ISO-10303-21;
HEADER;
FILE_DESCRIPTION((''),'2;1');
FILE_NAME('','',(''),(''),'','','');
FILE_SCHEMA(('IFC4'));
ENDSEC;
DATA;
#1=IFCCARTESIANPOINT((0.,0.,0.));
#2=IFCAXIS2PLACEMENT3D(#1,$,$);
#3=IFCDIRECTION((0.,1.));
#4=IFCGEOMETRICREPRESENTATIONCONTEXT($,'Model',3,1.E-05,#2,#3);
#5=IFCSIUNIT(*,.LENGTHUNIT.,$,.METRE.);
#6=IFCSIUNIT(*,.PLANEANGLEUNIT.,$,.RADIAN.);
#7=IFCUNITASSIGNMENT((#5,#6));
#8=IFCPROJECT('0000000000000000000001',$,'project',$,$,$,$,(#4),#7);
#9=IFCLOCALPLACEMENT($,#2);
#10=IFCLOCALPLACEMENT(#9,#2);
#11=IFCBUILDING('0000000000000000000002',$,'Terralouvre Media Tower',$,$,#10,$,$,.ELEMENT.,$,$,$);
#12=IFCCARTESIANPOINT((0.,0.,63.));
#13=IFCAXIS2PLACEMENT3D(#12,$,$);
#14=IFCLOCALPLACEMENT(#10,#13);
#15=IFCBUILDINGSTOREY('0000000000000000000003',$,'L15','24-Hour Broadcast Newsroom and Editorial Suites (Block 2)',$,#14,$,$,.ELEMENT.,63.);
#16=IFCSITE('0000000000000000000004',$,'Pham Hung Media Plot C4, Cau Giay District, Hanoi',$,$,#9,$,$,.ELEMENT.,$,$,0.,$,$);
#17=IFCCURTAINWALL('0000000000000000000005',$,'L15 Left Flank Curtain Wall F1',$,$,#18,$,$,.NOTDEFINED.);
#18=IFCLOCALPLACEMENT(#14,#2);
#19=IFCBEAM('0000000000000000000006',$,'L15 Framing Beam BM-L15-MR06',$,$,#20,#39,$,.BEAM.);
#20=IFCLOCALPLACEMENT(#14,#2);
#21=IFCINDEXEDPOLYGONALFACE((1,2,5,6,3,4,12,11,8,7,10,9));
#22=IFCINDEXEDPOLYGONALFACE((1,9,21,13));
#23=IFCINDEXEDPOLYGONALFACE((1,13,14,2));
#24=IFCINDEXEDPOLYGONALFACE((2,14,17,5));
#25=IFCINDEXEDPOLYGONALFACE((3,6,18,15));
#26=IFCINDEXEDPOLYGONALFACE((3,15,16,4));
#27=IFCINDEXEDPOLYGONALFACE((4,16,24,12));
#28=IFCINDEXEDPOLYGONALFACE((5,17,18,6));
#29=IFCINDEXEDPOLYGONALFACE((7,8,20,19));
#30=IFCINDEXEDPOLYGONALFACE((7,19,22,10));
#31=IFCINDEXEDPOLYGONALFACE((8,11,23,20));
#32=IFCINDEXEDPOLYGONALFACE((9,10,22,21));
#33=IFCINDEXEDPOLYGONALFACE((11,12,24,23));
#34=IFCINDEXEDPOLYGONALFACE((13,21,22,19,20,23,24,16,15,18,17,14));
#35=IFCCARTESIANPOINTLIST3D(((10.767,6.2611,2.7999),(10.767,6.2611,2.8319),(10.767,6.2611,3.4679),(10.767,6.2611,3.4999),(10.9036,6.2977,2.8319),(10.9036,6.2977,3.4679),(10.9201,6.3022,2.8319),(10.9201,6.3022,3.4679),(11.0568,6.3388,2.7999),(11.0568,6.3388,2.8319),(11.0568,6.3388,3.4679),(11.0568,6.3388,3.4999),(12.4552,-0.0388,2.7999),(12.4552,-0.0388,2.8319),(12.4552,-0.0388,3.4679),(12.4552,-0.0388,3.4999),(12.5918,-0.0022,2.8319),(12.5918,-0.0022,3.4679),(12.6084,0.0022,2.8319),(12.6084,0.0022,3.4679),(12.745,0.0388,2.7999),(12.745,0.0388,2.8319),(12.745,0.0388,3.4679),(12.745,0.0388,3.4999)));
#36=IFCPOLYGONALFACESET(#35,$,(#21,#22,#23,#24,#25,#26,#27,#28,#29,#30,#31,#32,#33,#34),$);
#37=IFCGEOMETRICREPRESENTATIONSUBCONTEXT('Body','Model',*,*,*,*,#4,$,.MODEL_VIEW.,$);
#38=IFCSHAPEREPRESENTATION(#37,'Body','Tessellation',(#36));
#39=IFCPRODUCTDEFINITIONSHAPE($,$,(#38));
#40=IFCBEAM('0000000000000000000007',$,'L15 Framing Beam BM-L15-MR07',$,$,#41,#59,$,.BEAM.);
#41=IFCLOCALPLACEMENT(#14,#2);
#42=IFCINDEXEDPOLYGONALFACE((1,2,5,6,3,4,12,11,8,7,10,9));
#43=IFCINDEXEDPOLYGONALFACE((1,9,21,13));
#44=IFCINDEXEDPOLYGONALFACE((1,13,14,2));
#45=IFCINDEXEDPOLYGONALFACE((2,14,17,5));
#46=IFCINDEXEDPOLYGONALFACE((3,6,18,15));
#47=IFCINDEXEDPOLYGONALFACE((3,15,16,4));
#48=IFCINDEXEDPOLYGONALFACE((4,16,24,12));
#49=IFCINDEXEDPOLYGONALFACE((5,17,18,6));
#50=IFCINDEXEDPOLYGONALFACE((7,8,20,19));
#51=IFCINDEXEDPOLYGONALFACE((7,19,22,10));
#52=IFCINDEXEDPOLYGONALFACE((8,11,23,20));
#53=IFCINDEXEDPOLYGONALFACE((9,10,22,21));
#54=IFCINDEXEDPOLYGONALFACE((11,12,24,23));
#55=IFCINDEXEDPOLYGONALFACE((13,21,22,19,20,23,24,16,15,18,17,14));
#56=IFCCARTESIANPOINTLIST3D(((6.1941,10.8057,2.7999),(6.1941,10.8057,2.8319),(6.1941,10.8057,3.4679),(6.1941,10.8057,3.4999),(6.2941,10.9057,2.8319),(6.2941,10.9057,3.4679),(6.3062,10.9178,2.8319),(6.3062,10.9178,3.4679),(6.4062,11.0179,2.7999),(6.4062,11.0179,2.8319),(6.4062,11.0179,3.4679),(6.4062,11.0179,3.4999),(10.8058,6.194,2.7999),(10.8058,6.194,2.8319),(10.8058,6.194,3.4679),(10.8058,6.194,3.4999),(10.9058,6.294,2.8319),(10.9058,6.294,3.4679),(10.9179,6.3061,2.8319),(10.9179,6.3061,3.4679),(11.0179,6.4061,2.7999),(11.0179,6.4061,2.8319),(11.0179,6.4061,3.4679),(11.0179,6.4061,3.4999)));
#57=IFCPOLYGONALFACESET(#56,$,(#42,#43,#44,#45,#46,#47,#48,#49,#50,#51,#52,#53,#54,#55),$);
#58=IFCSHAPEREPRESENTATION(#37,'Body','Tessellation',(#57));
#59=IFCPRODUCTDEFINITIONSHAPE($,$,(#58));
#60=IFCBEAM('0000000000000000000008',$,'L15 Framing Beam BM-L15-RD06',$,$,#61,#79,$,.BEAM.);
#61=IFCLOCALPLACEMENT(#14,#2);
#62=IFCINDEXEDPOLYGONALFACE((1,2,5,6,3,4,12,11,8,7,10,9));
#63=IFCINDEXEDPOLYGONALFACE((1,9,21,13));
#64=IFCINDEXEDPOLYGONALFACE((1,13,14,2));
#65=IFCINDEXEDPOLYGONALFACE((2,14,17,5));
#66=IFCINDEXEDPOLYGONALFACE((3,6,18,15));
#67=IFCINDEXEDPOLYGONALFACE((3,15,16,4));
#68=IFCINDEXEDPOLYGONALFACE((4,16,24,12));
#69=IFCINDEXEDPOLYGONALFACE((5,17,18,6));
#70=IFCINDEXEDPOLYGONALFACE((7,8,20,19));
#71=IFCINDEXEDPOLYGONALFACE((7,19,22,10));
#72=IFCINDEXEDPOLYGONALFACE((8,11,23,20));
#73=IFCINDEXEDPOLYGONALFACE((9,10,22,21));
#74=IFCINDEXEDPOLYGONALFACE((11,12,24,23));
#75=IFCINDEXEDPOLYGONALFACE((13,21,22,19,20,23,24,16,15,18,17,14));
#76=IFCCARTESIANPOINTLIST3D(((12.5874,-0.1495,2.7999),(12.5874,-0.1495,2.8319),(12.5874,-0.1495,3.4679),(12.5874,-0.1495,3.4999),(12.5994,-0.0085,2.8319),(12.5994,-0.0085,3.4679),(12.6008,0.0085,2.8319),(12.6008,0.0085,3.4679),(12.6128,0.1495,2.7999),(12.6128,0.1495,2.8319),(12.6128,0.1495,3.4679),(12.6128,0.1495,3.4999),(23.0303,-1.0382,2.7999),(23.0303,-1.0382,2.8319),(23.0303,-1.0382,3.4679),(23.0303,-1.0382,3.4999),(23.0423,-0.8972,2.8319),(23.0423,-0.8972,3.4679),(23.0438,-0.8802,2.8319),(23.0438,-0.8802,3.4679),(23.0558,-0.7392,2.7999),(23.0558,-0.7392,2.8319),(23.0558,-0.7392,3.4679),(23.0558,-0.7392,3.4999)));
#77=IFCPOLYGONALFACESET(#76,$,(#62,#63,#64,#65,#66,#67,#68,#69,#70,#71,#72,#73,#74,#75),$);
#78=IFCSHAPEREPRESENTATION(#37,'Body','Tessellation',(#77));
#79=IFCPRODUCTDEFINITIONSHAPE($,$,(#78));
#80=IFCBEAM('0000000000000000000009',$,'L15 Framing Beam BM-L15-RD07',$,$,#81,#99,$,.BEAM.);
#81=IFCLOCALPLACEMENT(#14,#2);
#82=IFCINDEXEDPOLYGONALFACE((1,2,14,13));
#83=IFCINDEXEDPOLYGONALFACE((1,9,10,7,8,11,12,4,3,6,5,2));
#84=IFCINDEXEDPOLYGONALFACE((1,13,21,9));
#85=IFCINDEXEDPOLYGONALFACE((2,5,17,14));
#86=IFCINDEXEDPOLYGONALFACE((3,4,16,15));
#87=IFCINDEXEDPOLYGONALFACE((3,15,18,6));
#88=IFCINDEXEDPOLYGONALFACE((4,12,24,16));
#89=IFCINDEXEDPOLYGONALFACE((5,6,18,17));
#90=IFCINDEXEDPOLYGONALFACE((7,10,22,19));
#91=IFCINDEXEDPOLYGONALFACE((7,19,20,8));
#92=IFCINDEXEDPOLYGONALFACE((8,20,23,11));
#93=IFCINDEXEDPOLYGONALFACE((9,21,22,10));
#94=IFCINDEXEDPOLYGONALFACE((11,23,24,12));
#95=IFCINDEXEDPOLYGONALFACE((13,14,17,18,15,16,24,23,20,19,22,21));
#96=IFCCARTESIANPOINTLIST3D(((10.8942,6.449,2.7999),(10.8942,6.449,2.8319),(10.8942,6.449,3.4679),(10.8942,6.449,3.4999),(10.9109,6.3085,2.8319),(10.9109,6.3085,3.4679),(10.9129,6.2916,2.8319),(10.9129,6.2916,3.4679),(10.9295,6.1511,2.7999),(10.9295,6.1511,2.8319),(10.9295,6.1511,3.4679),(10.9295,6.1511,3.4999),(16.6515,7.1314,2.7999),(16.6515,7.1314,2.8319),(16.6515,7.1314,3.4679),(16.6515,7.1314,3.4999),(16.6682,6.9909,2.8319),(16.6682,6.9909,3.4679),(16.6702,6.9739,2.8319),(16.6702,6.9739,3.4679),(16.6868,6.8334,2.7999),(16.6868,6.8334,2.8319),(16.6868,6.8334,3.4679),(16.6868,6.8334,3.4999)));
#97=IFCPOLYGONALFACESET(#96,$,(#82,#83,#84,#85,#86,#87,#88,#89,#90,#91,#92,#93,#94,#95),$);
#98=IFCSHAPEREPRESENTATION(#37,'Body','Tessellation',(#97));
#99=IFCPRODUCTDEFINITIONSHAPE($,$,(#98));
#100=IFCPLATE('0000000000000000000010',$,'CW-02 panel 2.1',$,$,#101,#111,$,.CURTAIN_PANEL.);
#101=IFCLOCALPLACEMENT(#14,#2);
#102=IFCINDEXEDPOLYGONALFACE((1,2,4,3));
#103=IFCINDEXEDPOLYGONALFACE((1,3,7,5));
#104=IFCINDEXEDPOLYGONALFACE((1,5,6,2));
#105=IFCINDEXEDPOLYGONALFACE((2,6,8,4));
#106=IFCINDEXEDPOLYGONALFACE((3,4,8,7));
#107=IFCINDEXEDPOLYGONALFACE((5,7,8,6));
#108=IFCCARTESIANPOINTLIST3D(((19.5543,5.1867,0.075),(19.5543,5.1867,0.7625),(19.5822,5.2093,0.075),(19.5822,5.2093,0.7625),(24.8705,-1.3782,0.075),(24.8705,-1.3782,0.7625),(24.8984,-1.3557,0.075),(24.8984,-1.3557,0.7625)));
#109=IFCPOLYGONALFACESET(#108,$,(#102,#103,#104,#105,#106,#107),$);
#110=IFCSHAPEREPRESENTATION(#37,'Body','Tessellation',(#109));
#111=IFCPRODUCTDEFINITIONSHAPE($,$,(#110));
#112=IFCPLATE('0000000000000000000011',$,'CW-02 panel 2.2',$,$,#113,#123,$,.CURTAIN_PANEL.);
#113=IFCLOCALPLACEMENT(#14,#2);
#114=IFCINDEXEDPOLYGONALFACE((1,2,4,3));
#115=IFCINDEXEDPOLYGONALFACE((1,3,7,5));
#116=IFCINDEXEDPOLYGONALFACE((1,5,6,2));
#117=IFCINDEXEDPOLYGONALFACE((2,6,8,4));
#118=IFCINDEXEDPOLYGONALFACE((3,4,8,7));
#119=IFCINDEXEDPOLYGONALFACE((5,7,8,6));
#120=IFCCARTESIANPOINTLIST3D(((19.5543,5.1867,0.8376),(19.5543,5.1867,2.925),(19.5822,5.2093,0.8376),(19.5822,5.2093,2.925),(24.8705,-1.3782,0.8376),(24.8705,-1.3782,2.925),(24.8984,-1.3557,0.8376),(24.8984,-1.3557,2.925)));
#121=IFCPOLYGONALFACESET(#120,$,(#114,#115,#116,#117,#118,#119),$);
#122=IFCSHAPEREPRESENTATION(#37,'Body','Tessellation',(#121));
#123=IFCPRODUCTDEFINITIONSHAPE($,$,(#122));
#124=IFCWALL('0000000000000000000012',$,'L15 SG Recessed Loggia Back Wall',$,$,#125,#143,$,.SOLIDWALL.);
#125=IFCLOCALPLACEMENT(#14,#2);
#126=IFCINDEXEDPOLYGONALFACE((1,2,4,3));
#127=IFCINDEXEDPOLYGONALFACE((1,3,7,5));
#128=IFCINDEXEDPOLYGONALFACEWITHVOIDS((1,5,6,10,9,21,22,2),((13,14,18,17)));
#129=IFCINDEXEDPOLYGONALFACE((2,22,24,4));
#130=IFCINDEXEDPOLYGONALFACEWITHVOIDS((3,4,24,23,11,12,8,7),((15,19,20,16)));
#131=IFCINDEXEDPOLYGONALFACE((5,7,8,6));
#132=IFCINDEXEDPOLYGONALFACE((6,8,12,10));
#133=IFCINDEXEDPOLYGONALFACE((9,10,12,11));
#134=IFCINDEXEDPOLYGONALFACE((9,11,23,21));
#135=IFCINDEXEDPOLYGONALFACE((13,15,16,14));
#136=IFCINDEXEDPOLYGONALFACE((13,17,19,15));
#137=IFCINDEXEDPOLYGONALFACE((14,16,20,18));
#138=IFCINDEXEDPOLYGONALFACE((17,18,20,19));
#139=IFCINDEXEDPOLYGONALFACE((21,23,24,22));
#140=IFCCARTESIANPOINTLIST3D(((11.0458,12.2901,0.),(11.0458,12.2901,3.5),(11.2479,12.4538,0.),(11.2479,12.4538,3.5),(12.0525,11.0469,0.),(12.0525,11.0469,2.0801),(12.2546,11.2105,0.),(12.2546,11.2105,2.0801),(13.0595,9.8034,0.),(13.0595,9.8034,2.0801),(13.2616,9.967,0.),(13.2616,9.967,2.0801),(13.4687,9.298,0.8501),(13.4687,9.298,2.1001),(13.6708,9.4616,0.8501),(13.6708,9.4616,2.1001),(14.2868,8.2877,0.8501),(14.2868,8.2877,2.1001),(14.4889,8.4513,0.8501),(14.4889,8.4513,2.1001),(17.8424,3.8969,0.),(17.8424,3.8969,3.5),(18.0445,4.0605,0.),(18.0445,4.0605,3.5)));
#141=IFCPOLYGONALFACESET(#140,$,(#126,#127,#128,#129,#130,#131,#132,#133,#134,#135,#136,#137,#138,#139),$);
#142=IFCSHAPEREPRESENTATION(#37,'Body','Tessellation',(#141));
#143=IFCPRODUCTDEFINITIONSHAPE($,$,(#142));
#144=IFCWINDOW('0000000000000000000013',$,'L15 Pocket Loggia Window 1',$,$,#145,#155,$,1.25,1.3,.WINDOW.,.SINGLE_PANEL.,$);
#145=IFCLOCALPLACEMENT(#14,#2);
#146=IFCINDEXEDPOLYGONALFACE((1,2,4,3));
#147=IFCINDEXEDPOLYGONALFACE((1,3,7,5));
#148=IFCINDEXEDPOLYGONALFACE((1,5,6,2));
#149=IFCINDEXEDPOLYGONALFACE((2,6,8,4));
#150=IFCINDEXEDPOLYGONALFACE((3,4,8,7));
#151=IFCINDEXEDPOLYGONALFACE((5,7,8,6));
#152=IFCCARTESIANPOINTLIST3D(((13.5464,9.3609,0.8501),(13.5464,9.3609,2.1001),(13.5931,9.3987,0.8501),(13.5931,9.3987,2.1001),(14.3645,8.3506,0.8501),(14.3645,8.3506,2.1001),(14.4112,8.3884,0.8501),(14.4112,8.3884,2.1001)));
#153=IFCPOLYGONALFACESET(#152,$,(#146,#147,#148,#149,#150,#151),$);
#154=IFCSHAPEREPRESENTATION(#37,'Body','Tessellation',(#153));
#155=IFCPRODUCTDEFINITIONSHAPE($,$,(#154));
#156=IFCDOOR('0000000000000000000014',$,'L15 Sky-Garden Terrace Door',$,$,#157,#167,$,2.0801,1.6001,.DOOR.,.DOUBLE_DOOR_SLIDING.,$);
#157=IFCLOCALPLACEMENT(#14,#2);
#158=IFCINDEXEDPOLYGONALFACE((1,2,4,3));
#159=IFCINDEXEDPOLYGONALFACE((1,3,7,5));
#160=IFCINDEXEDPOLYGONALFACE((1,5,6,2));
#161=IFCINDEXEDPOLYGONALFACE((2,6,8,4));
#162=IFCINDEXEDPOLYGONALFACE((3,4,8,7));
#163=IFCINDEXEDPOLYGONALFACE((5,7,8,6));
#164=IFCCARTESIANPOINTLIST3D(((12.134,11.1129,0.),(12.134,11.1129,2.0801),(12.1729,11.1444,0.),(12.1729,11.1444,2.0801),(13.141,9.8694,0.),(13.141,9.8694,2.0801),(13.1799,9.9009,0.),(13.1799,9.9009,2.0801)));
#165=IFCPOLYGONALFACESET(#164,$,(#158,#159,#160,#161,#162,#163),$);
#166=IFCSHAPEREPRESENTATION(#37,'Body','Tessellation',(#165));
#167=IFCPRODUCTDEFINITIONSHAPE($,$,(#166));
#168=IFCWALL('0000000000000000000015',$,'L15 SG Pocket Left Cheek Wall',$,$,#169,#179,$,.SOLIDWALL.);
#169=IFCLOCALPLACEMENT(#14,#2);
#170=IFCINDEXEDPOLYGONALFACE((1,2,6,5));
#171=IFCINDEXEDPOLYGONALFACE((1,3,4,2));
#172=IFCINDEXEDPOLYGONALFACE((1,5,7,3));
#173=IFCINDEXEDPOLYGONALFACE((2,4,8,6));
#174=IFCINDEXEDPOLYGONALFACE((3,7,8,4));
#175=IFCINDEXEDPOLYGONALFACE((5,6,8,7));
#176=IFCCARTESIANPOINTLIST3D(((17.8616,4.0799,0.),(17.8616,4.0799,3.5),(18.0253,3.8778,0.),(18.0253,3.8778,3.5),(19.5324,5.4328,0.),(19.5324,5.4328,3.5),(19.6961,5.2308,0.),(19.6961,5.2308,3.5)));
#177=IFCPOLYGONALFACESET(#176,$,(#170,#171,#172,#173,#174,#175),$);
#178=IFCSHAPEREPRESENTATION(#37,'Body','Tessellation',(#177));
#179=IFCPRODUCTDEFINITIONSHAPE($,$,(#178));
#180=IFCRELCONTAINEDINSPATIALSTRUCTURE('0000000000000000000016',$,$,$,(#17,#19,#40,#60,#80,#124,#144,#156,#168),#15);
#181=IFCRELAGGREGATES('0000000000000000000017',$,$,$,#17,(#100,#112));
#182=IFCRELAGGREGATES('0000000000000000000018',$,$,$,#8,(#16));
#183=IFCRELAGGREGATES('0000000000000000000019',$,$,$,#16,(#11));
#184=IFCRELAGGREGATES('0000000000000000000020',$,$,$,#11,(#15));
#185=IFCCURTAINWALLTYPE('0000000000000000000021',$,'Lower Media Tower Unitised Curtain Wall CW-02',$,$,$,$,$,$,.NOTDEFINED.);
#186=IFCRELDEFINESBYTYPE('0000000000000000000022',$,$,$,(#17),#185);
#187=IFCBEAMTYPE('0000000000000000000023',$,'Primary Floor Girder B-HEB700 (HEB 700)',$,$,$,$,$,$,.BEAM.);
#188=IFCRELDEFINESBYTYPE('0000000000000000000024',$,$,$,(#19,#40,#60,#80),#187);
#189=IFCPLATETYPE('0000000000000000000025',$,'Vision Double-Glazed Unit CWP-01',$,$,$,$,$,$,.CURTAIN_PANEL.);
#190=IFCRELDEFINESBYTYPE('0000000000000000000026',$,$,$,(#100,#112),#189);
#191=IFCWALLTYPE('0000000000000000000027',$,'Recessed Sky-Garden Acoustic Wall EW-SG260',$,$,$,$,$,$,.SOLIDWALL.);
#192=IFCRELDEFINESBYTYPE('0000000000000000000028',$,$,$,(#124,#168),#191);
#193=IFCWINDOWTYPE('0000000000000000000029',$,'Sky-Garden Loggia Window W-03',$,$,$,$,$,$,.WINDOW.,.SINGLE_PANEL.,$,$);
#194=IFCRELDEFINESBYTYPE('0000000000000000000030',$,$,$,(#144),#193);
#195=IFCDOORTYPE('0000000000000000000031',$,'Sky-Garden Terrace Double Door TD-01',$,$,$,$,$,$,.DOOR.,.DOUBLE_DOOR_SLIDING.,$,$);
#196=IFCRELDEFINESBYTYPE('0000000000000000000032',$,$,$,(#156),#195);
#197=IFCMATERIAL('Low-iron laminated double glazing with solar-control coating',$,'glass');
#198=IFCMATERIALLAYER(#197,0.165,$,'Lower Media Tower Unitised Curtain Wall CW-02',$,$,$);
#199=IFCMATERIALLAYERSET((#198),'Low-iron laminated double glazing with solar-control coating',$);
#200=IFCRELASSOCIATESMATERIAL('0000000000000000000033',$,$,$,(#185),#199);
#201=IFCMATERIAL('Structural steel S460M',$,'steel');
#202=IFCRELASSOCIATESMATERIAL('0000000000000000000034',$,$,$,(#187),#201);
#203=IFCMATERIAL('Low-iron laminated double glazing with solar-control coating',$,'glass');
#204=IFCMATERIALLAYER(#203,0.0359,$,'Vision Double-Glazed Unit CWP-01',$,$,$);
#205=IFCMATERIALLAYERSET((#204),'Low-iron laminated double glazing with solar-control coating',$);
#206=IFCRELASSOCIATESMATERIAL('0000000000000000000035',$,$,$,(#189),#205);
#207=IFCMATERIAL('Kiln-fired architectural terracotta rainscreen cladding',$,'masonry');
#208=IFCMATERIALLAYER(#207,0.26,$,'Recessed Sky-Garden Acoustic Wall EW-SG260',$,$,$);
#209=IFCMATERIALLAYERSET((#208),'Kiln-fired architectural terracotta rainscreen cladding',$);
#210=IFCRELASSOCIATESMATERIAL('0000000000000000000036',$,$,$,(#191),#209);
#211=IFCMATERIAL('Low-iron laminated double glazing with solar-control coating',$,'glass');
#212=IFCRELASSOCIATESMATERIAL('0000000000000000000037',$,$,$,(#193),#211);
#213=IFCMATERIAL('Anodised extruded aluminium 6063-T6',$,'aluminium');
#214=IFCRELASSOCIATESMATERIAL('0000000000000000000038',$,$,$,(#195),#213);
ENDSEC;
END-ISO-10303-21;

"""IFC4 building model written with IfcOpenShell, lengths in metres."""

from ifc_helpers import new_model, si_unit, direction, frame, frame_2d, origin, origin_2d, place, context, subcontext, project, spatial, rectangle, i_section, extrude, material, layer, layer_set, material_profile, profile_set, type_object, element, fill, aggregate, save


model = new_model("IFC4")

# Units and contexts
model_context = context("Model", 3, precision=1e-05, world=origin(), true_north=direction((0.0, 1.0)))
body_context = subcontext(model_context, "Body", "Model", "MODEL_VIEW")
ifc_project = project(units=[si_unit("LENGTHUNIT", "METRE"), si_unit("PLANEANGLEUNIT", "RADIAN")], contexts=[model_context])

# Site, building, storey
site_placement = place(None, origin())
site = spatial("IfcSite", under=ifc_project, at=site_placement, Name="Pham Hung Media Plot C4, Cau Giay District, Hanoi", CompositionType="ELEMENT", RefElevation=0.0)
building_placement = place(site_placement, origin())
building = spatial("IfcBuilding", under=site, at=building_placement, Name="Terralouvre Media Tower", CompositionType="ELEMENT")
storey_placement = place(building_placement, frame((0.0, 0.0, 63.0)))
storey = spatial("IfcBuildingStorey", under=building, at=storey_placement, Name="L15", Description="24-Hour Broadcast Newsroom and Editorial Suites (Block 2)", CompositionType="ELEMENT", Elevation=63.0)

# Curtain wall
ifc_material_1 = material(Name="Low-iron laminated double glazing with solar-control coating", Category="glass")
ifc_layer_1 = layer(ifc_material_1, 0.165, Name="Lower Media Tower Unitised Curtain Wall CW-02")
ifc_layer_set_1 = layer_set([ifc_layer_1], Name="Low-iron laminated double glazing with solar-control coating")
curtain_wall_type = type_object("IfcCurtainWallType", Name="Lower Media Tower Unitised Curtain Wall CW-02", PredefinedType="NOTDEFINED", material=ifc_layer_set_1)
curtain_wall_placement = place(storey_placement, origin())
curtain_wall = element("IfcCurtainWall", 1, at=curtain_wall_placement, inside=storey, type_object=curtain_wall_type, Name="L15 Left Flank Curtain Wall F1", PredefinedType="NOTDEFINED")

# Beams
ifc_material_2 = material(Name="Structural steel S460M", Category="steel")
ifc_material_profile_1 = material_profile(ifc_material_2, i_section(OverallWidth=0.3, OverallDepth=0.7, WebThickness=0.0171, FlangeThickness=0.032, at=origin_2d()), Name="HEB 700")
ifc_profile_set_1 = profile_set([ifc_material_profile_1], Name="Structural steel S460M")
beam_type_1 = type_object("IfcBeamType", Name="Primary Floor Girder B-HEB700 (HEB 700)", PredefinedType="BEAM", material=ifc_profile_set_1)
beam_1_placement = place(storey_placement, frame((12.6001, 0.0, 3.1499), z_axis=(-0.258839, 0.96592, 0.0), x_axis=(-0.96592, -0.258839, 0.0)))
element("IfcBeam", 2, at=beam_1_placement, inside=storey, type_object=beam_type_1, Name="L15 Framing Beam BM-L15-MR06", PredefinedType="BEAM", context=body_context, shape_type="SweptSolid", body=[
    extrude(i_section(OverallWidth=0.3, OverallDepth=0.7, WebThickness=0.0171, FlangeThickness=0.032, at=origin_2d()), origin(), (0.0, 0.0, 1.0), 6.5222),
])
beam_2_placement = place(storey_placement, frame((10.9119, 6.3, 3.1499), z_axis=(-0.707107, 0.707107, 0.0), x_axis=(-0.707107, -0.707107, 0.0)))
element("IfcBeam", 3, at=beam_2_placement, inside=storey, type_object=beam_type_1, Name="L15 Framing Beam BM-L15-MR07", PredefinedType="BEAM", context=body_context, shape_type="SweptSolid", body=[
    extrude(i_section(OverallWidth=0.3, OverallDepth=0.7, WebThickness=0.0171, FlangeThickness=0.032, at=origin_2d()), origin(), (0.0, 0.0, 1.0), 6.522),
])
beam_3_placement = place(storey_placement, frame((12.6001, 0.0, 3.1499), z_axis=(0.996399, -0.084792, 0.0), x_axis=(0.084792, 0.996399, 0.0)))
element("IfcBeam", 4, at=beam_3_placement, inside=storey, type_object=beam_type_1, Name="L15 Framing Beam BM-L15-RD06", PredefinedType="BEAM", context=body_context, shape_type="SweptSolid", body=[
    extrude(i_section(OverallWidth=0.3, OverallDepth=0.7, WebThickness=0.0171, FlangeThickness=0.032, at=origin_2d()), origin(), (0.0, 0.0, 1.0), 10.4807),
])
beam_4_placement = place(storey_placement, frame((10.9119, 6.3, 3.1499), z_axis=(0.993049, 0.117699, 0.0), x_axis=(-0.117699, 0.993049, 0.0)))
element("IfcBeam", 5, at=beam_4_placement, inside=storey, type_object=beam_type_1, Name="L15 Framing Beam BM-L15-RD07", PredefinedType="BEAM", context=body_context, shape_type="SweptSolid", body=[
    extrude(i_section(OverallWidth=0.3, OverallDepth=0.7, WebThickness=0.0171, FlangeThickness=0.032, at=origin_2d()), origin(), (0.0, 0.0, 1.0), 5.7976),
])

# Plates
ifc_material_3 = material(Name="Low-iron laminated double glazing with solar-control coating", Category="glass")
ifc_layer_2 = layer(ifc_material_3, 0.0359, Name="Vision Double-Glazed Unit CWP-01")
ifc_layer_set_2 = layer_set([ifc_layer_2], Name="Low-iron laminated double glazing with solar-control coating")
plate_type = type_object("IfcPlateType", Name="Vision Double-Glazed Unit CWP-01", PredefinedType="CURTAIN_PANEL", material=ifc_layer_set_2)
plate_1_placement = place(storey_placement, frame((22.2263, 1.9155, 0.075), z_axis=(0.0, 0.0, 1.0), x_axis=(-0.62932, 0.777146, 0.0)))
plate_1 = element("IfcPlate", 6, at=plate_1_placement, type_object=plate_type, Name="CW-02 panel 2.1", PredefinedType="CURTAIN_PANEL", context=body_context, shape_type="SweptSolid", body=[
    extrude(rectangle(XDim=8.4475, YDim=0.0359, at=origin_2d()), origin(), (0.0, 0.0, 1.0), 0.6875),
])
plate_2_placement = place(storey_placement, frame((22.2263, 1.9155, 0.8376), z_axis=(0.0, 0.0, 1.0), x_axis=(-0.62932, 0.777146, 0.0)))
plate_2 = element("IfcPlate", 7, at=plate_2_placement, type_object=plate_type, Name="CW-02 panel 2.2", PredefinedType="CURTAIN_PANEL", context=body_context, shape_type="SweptSolid", body=[
    extrude(rectangle(XDim=8.4475, YDim=0.0359, at=origin_2d()), origin(), (0.0, 0.0, 1.0), 2.0874),
])
aggregate(curtain_wall, [plate_1, plate_2])

# Wall, openings, window, door
ifc_material_4 = material(Name="Kiln-fired architectural terracotta rainscreen cladding", Category="masonry")
ifc_layer_3 = layer(ifc_material_4, 0.26, Name="Recessed Sky-Garden Acoustic Wall EW-SG260")
ifc_layer_set_3 = layer_set([ifc_layer_3], Name="Kiln-fired architectural terracotta rainscreen cladding")
wall_type = type_object("IfcWallType", Name="Recessed Sky-Garden Acoustic Wall EW-SG260", PredefinedType="SOLIDWALL", material=ifc_layer_set_3)
wall_1_placement = place(storey_placement, frame((17.9434, 3.9788, 0.0), z_axis=(0.0, 0.0, 1.0), x_axis=(-0.629313, 0.777152, 0.0)))
wall_1 = element("IfcWall", 8, at=wall_1_placement, inside=storey, type_object=wall_type, Name="L15 SG Recessed Loggia Back Wall", PredefinedType="SOLIDWALL", context=body_context, shape_type="SweptSolid", body=[
    extrude(rectangle(XDim=10.8, YDim=0.26, at=frame_2d((5.3999, 0.0))), origin(), (0.0, 0.0, 1.0), 3.5),
])
opening_1_placement = place(wall_1_placement, frame((7.6001, 0.0, 0.0)))
opening_1 = element("IfcOpeningElement", 9, at=opening_1_placement, cuts=wall_1, PredefinedType="OPENING", context=body_context, shape_type="SweptSolid", body=[
    extrude(rectangle(XDim=1.6001, YDim=2.0801, at=frame_2d((0.8, 1.04))), frame((0.0, 0.1399, 0.0), z_axis=(0.0, -1.0, 0.0), x_axis=(1.0, 0.0, 0.0)), (0.0, 0.0, 1.0), 0.28),
])
opening_2_placement = place(wall_1_placement, frame((5.6499, 0.0, 0.8501)))
opening_2 = element("IfcOpeningElement", 10, at=opening_2_placement, cuts=wall_1, PredefinedType="OPENING", context=body_context, shape_type="SweptSolid", body=[
    extrude(rectangle(XDim=1.3, YDim=1.25, at=frame_2d((0.6499, 0.625))), frame((0.0, 0.1399, 0.0), z_axis=(0.0, -1.0, 0.0), x_axis=(1.0, 0.0, 0.0)), (0.0, 0.0, 1.0), 0.28),
])
ifc_material_5 = material(Name="Low-iron laminated double glazing with solar-control coating", Category="glass")
window_type = type_object("IfcWindowType", Name="Sky-Garden Loggia Window W-03", PartitioningType="SINGLE_PANEL", PredefinedType="WINDOW", material=ifc_material_5)
window_placement = place(opening_2_placement, origin())
window = element("IfcWindow", 11, at=window_placement, inside=storey, type_object=window_type, Name="L15 Pocket Loggia Window 1", OverallHeight=1.25, OverallWidth=1.3, PartitioningType="SINGLE_PANEL", PredefinedType="WINDOW", context=body_context, shape_type="SweptSolid", body=[
    extrude(rectangle(XDim=1.3, YDim=1.25, at=frame_2d((0.6499, 0.625))), frame((0.0, 0.03, 0.0), z_axis=(0.0, -1.0, 0.0), x_axis=(1.0, 0.0, 0.0)), (0.0, 0.0, 1.0), 0.0601),
])
fill(opening_2, window)
ifc_material_6 = material(Name="Anodised extruded aluminium 6063-T6", Category="aluminium")
door_type = type_object("IfcDoorType", Name="Sky-Garden Terrace Double Door TD-01", OperationType="DOUBLE_DOOR_SLIDING", PredefinedType="DOOR", material=ifc_material_6)
door_placement = place(opening_1_placement, frame((1.6001, 0.0, 0.0), z_axis=(0.0, 0.0, 1.0), x_axis=(-1.0, 0.0, 0.0)))
door = element("IfcDoor", 12, at=door_placement, inside=storey, type_object=door_type, Name="L15 Sky-Garden Terrace Door", OperationType="DOUBLE_DOOR_SLIDING", OverallHeight=2.0801, OverallWidth=1.6001, PredefinedType="DOOR", context=body_context, shape_type="SweptSolid", body=[
    extrude(rectangle(XDim=1.6001, YDim=2.0801, at=frame_2d((0.8, 1.04))), frame((0.0, 0.0249, 0.0), z_axis=(0.0, -1.0, 0.0), x_axis=(1.0, 0.0, 0.0)), (0.0, 0.0, 1.0), 0.05),
])
fill(opening_1, door)

# Wall
wall_2_placement = place(storey_placement, frame((19.6143, 5.3318, 0.0), z_axis=(0.0, 0.0, 1.0), x_axis=(-0.777155, -0.629309, 0.0)))
element("IfcWall", 13, at=wall_2_placement, inside=storey, type_object=wall_type, Name="L15 SG Pocket Left Cheek Wall", PredefinedType="SOLIDWALL", context=body_context, shape_type="SweptSolid", body=[
    extrude(rectangle(XDim=2.1499, YDim=0.26, at=frame_2d((1.075, 0.0))), origin(), (0.0, 0.0, 1.0), 3.5),
])

save(model, "model.ifc")
